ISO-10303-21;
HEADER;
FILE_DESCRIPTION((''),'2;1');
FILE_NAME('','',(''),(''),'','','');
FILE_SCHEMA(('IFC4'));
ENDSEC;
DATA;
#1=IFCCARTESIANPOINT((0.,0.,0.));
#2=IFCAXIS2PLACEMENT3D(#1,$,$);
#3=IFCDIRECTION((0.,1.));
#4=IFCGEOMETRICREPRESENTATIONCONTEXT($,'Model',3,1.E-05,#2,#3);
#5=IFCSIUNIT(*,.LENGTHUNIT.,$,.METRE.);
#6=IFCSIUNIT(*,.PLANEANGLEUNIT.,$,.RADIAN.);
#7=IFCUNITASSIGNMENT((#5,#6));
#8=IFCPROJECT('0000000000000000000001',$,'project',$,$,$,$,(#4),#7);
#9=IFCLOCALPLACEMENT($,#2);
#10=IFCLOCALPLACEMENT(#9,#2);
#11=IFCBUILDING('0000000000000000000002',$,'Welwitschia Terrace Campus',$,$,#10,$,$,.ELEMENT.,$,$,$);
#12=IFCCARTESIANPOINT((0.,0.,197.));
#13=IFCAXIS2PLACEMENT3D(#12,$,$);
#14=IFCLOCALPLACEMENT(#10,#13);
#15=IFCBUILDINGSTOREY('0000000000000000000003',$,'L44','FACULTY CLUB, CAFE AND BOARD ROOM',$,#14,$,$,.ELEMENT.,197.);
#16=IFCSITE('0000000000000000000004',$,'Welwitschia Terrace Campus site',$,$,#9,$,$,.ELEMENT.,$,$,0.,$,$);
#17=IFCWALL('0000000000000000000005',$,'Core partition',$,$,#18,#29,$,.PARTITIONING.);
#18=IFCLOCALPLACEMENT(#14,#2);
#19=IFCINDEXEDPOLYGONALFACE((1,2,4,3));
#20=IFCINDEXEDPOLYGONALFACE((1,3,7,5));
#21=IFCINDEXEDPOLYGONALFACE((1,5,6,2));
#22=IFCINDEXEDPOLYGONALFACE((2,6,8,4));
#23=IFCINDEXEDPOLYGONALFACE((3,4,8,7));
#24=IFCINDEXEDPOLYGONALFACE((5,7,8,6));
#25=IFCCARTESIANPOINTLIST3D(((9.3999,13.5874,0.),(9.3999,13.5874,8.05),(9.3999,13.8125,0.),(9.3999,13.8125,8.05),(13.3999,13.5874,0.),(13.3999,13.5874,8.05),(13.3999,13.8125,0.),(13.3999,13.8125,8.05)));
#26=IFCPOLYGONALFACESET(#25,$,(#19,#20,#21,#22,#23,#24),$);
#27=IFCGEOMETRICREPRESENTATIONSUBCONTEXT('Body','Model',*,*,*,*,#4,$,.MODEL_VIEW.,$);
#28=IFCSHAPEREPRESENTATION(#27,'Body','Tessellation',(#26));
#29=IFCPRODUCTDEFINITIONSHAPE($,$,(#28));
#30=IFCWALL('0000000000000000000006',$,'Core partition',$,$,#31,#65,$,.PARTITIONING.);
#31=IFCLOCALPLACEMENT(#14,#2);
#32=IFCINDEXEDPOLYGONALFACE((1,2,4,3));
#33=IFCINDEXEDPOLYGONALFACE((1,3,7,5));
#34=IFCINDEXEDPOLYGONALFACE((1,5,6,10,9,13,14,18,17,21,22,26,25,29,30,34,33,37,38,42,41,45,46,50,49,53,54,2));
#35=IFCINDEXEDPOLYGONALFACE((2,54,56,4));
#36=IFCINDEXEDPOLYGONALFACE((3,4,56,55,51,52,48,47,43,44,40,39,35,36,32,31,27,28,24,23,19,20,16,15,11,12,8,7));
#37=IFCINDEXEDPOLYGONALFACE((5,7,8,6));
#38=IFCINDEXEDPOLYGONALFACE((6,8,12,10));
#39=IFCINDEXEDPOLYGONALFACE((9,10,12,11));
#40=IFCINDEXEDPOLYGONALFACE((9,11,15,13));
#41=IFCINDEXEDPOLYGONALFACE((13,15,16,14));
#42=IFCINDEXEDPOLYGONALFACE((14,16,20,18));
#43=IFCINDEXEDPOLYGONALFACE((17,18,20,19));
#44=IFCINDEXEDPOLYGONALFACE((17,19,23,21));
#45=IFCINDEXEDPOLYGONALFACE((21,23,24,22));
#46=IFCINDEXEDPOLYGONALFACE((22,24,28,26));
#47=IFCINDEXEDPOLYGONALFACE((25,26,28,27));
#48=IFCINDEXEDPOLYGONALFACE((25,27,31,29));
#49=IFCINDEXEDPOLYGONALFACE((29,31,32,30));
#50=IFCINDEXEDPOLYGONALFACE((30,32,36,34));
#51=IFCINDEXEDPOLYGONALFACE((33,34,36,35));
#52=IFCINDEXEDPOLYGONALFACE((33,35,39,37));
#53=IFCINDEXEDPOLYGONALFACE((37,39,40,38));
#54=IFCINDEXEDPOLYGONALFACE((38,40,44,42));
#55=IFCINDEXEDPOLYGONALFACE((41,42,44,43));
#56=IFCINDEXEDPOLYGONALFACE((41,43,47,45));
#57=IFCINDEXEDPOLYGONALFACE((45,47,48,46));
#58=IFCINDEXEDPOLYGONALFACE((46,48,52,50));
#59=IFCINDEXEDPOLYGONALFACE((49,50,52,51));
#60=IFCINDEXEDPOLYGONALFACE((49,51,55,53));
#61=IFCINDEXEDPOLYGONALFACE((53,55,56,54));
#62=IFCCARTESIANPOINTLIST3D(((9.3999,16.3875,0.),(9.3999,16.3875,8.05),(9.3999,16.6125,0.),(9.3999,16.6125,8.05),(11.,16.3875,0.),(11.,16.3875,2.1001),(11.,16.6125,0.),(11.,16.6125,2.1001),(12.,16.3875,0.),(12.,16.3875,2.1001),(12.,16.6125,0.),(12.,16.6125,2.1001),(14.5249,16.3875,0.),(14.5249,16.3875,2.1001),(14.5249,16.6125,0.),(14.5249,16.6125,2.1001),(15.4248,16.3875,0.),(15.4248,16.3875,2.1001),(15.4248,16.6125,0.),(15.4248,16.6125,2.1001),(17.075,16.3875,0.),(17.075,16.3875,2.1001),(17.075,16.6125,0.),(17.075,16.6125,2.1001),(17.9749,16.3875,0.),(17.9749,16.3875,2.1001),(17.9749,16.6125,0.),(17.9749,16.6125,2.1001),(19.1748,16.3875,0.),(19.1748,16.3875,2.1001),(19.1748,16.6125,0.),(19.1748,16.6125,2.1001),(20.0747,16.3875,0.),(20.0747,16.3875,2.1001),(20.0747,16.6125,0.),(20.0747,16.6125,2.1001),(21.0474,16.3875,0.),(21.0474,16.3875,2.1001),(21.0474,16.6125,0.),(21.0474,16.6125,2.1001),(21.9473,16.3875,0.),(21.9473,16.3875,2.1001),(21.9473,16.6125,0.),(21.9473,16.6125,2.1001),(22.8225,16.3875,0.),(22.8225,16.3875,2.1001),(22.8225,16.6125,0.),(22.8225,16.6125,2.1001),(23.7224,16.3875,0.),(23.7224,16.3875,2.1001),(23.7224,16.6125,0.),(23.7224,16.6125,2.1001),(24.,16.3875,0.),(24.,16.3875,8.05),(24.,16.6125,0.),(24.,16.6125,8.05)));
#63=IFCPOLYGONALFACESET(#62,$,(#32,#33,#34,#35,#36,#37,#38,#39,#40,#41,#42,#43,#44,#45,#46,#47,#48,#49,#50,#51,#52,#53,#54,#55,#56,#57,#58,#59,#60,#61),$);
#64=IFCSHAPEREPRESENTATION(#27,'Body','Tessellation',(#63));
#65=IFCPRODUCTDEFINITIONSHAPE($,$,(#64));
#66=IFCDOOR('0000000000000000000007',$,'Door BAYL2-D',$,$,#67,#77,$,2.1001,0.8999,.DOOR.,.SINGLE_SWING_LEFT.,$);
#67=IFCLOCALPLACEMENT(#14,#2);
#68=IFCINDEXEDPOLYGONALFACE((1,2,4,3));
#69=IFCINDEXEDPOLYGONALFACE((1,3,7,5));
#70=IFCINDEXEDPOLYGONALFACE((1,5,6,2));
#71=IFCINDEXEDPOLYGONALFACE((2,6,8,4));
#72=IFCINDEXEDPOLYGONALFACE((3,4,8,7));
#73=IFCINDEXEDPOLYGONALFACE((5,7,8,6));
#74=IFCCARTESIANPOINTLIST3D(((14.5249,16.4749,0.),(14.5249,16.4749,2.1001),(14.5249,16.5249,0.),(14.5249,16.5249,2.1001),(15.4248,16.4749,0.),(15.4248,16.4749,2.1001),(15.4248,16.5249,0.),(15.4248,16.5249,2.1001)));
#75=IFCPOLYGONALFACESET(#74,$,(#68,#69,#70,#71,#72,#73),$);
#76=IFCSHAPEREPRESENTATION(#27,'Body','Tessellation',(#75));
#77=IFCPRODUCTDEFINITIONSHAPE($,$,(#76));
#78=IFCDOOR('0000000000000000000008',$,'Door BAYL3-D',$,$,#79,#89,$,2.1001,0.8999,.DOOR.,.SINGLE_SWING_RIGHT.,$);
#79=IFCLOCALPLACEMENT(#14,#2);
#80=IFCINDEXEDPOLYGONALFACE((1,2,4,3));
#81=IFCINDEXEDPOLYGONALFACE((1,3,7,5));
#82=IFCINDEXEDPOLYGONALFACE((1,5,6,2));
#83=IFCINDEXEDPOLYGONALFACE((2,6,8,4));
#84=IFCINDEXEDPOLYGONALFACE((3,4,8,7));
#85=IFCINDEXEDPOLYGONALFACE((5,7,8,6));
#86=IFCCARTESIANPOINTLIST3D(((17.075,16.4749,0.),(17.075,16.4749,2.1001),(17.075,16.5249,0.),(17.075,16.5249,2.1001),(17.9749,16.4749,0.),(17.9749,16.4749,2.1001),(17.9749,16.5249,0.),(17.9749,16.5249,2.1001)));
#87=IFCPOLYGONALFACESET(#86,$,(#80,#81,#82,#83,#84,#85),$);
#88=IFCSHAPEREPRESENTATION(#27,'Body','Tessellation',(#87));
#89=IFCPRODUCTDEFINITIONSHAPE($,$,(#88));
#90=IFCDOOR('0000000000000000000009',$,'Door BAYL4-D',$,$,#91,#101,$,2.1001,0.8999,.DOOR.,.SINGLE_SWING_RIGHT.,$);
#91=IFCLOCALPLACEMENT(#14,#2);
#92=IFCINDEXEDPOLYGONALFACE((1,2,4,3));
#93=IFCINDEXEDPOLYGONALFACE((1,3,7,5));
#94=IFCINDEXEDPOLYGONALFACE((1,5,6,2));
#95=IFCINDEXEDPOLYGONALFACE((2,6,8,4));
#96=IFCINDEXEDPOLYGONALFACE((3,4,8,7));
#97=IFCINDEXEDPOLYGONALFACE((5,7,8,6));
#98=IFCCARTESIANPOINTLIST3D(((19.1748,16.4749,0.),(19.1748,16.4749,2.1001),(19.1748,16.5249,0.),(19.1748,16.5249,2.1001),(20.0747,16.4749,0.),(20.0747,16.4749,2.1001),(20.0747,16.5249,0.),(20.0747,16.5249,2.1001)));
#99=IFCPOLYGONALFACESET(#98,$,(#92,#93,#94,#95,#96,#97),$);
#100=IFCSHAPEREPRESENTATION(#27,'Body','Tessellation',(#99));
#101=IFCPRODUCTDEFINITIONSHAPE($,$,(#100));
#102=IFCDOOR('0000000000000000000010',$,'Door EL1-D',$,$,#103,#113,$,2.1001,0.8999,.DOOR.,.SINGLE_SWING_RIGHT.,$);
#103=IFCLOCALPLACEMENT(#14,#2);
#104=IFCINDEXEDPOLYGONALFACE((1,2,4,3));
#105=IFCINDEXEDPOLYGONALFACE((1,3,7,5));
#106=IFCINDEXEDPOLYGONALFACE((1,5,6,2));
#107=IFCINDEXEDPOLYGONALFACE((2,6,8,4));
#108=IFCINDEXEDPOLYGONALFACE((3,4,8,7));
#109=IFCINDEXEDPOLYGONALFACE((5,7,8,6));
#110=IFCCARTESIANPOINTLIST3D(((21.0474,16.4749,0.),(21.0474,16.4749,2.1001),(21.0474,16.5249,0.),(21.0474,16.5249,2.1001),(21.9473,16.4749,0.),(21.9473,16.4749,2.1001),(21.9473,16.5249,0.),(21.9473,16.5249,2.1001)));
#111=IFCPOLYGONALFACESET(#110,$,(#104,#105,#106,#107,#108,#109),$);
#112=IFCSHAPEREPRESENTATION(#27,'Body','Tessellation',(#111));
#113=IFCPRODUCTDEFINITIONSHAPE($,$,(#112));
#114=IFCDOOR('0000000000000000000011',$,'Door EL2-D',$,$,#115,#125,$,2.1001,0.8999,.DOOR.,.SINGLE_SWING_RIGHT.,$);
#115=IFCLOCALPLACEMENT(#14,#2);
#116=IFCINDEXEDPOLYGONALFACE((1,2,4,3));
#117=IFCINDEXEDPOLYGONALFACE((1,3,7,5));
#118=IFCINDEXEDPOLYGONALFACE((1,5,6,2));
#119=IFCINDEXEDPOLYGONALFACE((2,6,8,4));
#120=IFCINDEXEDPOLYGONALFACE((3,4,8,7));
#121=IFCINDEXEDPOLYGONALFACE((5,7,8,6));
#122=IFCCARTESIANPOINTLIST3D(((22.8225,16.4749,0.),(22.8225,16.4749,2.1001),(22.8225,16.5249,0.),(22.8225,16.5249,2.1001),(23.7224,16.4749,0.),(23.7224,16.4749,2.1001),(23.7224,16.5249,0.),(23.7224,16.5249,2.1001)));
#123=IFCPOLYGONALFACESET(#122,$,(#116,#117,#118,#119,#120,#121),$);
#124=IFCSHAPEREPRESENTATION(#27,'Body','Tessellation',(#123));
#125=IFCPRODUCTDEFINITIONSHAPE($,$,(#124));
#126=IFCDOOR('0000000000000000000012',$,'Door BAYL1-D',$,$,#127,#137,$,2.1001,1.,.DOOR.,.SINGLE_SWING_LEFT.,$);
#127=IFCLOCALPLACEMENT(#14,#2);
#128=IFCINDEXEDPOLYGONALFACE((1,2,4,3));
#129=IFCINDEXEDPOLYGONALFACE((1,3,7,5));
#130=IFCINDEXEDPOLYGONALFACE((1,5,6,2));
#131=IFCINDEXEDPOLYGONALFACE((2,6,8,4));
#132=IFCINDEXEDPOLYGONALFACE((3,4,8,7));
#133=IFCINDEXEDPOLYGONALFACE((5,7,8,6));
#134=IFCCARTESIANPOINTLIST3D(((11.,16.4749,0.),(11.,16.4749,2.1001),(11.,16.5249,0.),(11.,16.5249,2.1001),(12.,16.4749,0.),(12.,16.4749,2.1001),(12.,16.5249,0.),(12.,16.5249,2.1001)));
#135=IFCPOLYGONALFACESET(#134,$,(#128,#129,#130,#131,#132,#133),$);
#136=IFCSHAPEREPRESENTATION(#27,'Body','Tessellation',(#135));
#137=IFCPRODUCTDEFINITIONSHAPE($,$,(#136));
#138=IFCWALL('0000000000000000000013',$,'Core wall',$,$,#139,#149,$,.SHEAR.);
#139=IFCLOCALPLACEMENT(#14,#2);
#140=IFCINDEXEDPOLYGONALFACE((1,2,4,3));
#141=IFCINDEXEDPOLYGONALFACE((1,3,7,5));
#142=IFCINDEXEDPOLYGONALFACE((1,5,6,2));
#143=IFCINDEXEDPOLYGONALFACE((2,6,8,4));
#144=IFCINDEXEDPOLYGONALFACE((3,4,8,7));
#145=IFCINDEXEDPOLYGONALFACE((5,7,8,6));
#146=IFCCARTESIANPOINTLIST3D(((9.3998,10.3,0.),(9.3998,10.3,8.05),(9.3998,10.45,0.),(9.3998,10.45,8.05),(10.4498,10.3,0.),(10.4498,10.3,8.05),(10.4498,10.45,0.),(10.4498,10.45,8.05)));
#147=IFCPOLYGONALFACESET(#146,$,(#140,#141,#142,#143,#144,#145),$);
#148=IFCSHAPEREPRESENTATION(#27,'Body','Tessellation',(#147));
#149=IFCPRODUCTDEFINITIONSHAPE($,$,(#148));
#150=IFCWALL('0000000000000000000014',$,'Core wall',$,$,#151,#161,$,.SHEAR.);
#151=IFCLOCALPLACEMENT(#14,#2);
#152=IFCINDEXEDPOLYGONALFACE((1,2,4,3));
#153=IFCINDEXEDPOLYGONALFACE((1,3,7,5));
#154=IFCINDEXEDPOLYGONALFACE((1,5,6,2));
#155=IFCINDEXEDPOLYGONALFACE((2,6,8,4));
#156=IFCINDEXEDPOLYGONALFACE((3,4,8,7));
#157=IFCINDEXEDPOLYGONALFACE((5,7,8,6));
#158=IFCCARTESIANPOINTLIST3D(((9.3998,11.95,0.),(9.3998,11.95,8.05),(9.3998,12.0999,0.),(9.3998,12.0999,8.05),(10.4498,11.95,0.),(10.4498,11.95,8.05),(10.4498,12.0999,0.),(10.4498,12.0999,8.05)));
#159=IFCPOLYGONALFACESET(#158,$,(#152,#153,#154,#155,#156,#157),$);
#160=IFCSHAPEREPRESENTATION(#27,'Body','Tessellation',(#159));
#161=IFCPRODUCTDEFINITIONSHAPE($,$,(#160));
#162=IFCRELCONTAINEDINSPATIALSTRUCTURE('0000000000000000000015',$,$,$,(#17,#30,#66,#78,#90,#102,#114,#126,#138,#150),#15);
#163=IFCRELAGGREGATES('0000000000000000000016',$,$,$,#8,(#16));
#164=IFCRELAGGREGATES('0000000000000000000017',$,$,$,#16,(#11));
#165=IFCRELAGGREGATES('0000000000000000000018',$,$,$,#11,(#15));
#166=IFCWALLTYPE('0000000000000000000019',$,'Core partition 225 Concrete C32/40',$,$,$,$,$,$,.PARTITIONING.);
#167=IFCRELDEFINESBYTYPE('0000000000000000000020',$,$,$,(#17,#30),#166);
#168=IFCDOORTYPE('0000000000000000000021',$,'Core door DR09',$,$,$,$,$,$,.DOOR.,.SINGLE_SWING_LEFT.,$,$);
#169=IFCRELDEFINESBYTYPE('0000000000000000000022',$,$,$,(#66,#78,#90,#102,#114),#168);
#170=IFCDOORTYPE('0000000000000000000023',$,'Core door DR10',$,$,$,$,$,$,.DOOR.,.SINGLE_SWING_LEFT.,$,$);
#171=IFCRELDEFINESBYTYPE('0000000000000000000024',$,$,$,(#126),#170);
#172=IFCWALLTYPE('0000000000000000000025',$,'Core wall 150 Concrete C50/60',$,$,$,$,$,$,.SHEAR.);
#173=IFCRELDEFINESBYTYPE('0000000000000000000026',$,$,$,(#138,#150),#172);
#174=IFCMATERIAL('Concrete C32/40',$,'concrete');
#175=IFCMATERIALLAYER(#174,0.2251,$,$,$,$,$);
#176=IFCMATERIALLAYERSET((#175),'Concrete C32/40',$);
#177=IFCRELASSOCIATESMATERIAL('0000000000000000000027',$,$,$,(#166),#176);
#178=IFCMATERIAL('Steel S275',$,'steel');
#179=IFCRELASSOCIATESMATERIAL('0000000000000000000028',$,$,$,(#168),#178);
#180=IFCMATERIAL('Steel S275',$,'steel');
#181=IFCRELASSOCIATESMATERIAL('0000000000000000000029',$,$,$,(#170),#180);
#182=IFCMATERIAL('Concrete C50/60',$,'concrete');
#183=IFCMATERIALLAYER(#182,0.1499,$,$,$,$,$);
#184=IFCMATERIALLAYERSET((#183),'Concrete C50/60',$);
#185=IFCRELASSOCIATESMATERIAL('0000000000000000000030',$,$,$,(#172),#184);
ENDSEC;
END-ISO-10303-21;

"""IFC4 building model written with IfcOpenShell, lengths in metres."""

from ifc_helpers import new_model, si_unit, direction, frame, frame_2d, origin, place, context, subcontext, project, spatial, rectangle, extrude, material, layer, layer_set, type_object, element, fill, save


model = new_model("IFC4")

# Units and contexts
model_context = context("Model", 3, precision=1e-05, world=origin(), true_north=direction((0.0, 1.0)))
body_context = subcontext(model_context, "Body", "Model", "MODEL_VIEW")
ifc_project = project(units=[si_unit("LENGTHUNIT", "METRE"), si_unit("PLANEANGLEUNIT", "RADIAN")], contexts=[model_context])

# Site, building, storey
site_placement = place(None, origin())
site = spatial("IfcSite", under=ifc_project, at=site_placement, Name="Welwitschia Terrace Campus site", CompositionType="ELEMENT", RefElevation=0.0)
building_placement = place(site_placement, origin())
building = spatial("IfcBuilding", under=site, at=building_placement, Name="Welwitschia Terrace Campus", CompositionType="ELEMENT")
storey_placement = place(building_placement, frame((0.0, 0.0, 197.0)))
storey = spatial("IfcBuildingStorey", under=building, at=storey_placement, Name="L44", Description="FACULTY CLUB, CAFE AND BOARD ROOM", CompositionType="ELEMENT", Elevation=197.0)

# Wall
ifc_material_1 = material(Name="Concrete C32/40", Category="concrete")
ifc_layer_1 = layer(ifc_material_1, 0.2251)
ifc_layer_set_1 = layer_set([ifc_layer_1], Name="Concrete C32/40")
wall_type_1 = type_object("IfcWallType", Name="Core partition 225 Concrete C32/40", PredefinedType="PARTITIONING", material=ifc_layer_set_1)
wall_1_placement = place(storey_placement, frame((9.3999, 13.7, 0.0), z_axis=(0.0, 0.0, 1.0), x_axis=(1.0, 0.0, 0.0)))
element("IfcWall", 1, at=wall_1_placement, inside=storey, type_object=wall_type_1, Name="Core partition", PredefinedType="PARTITIONING", context=body_context, shape_type="SweptSolid", body=[
    extrude(rectangle(XDim=4.0, YDim=0.2251, at=frame_2d((2.0, 0.0))), origin(), (0.0, 0.0, 1.0), 8.05),
])

# Wall, openings, doors
wall_2_placement = place(storey_placement, frame((9.3999, 16.5, 0.0), z_axis=(0.0, 0.0, 1.0), x_axis=(1.0, 0.0, 0.0)))
wall_2 = element("IfcWall", 2, at=wall_2_placement, inside=storey, type_object=wall_type_1, Name="Core partition", PredefinedType="PARTITIONING", context=body_context, shape_type="SweptSolid", body=[
    extrude(rectangle(XDim=14.6001, YDim=0.2251, at=frame_2d((7.3, 0.0))), origin(), (0.0, 0.0, 1.0), 8.05),
])
opening_1_placement = place(wall_2_placement, frame((1.6001, 0.0, 0.0)))
opening_1 = element("IfcOpeningElement", 3, at=opening_1_placement, cuts=wall_2, PredefinedType="OPENING", context=body_context, shape_type="SweptSolid", body=[
    extrude(rectangle(XDim=1.0, YDim=2.1001, at=frame_2d((0.5, 1.05))), frame((0.0, 0.1226, 0.0), z_axis=(0.0, -1.0, 0.0), x_axis=(1.0, 0.0, 0.0)), (0.0, 0.0, 1.0), 0.2451),
])
opening_2_placement = place(wall_2_placement, frame((5.125, 0.0, 0.0)))
opening_2 = element("IfcOpeningElement", 4, at=opening_2_placement, cuts=wall_2, PredefinedType="OPENING", context=body_context, shape_type="SweptSolid", body=[
    extrude(rectangle(XDim=0.8999, YDim=2.1001, at=frame_2d((0.45, 1.05))), frame((0.0, 0.1226, 0.0), z_axis=(0.0, -1.0, 0.0), x_axis=(1.0, 0.0, 0.0)), (0.0, 0.0, 1.0), 0.2451),
])
opening_3_placement = place(wall_2_placement, frame((7.675, 0.0, 0.0)))
opening_3 = element("IfcOpeningElement", 5, at=opening_3_placement, cuts=wall_2, PredefinedType="OPENING", context=body_context, shape_type="SweptSolid", body=[
    extrude(rectangle(XDim=0.8999, YDim=2.1001, at=frame_2d((0.45, 1.05))), frame((0.0, 0.1226, 0.0), z_axis=(0.0, -1.0, 0.0), x_axis=(1.0, 0.0, 0.0)), (0.0, 0.0, 1.0), 0.2451),
])
opening_4_placement = place(wall_2_placement, frame((9.7749, 0.0, 0.0)))
opening_4 = element("IfcOpeningElement", 6, at=opening_4_placement, cuts=wall_2, PredefinedType="OPENING", context=body_context, shape_type="SweptSolid", body=[
    extrude(rectangle(XDim=0.8999, YDim=2.1001, at=frame_2d((0.45, 1.05))), frame((0.0, 0.1226, 0.0), z_axis=(0.0, -1.0, 0.0), x_axis=(1.0, 0.0, 0.0)), (0.0, 0.0, 1.0), 0.2451),
])
opening_5_placement = place(wall_2_placement, frame((11.6475, 0.0, 0.0)))
opening_5 = element("IfcOpeningElement", 7, at=opening_5_placement, cuts=wall_2, PredefinedType="OPENING", context=body_context, shape_type="SweptSolid", body=[
    extrude(rectangle(XDim=0.8999, YDim=2.1001, at=frame_2d((0.45, 1.05))), frame((0.0, 0.1226, 0.0), z_axis=(0.0, -1.0, 0.0), x_axis=(1.0, 0.0, 0.0)), (0.0, 0.0, 1.0), 0.2451),
])
opening_6_placement = place(wall_2_placement, frame((13.4226, 0.0, 0.0)))
opening_6 = element("IfcOpeningElement", 8, at=opening_6_placement, cuts=wall_2, PredefinedType="OPENING", context=body_context, shape_type="SweptSolid", body=[
    extrude(rectangle(XDim=0.8999, YDim=2.1001, at=frame_2d((0.45, 1.05))), frame((0.0, 0.1226, 0.0), z_axis=(0.0, -1.0, 0.0), x_axis=(1.0, 0.0, 0.0)), (0.0, 0.0, 1.0), 0.2451),
])
ifc_material_2 = material(Name="Steel S275", Category="steel")
door_type_1 = type_object("IfcDoorType", Name="Core door DR09", OperationType="SINGLE_SWING_LEFT", PredefinedType="DOOR", material=ifc_material_2)
door_1_placement = place(opening_2_placement, origin())
door_1 = element("IfcDoor", 9, at=door_1_placement, inside=storey, type_object=door_type_1, Name="Door BAYL2-D", OperationType="SINGLE_SWING_LEFT", OverallHeight=2.1001, OverallWidth=0.8999, PredefinedType="DOOR", context=body_context, shape_type="SweptSolid", body=[
    extrude(rectangle(XDim=0.8999, YDim=2.1001, at=frame_2d((0.45, 1.05))), frame((0.0, 0.0249, 0.0), z_axis=(0.0, -1.0, 0.0), x_axis=(1.0, 0.0, 0.0)), (0.0, 0.0, 1.0), 0.05),
])
fill(opening_2, door_1)
door_2_placement = place(opening_3_placement, origin())
door_2 = element("IfcDoor", 10, at=door_2_placement, inside=storey, type_object=door_type_1, Name="Door BAYL3-D", OperationType="SINGLE_SWING_RIGHT", OverallHeight=2.1001, OverallWidth=0.8999, PredefinedType="DOOR", context=body_context, shape_type="SweptSolid", body=[
    extrude(rectangle(XDim=0.8999, YDim=2.1001, at=frame_2d((0.45, 1.05))), frame((0.0, 0.0249, 0.0), z_axis=(0.0, -1.0, 0.0), x_axis=(1.0, 0.0, 0.0)), (0.0, 0.0, 1.0), 0.05),
])
fill(opening_3, door_2)
door_3_placement = place(opening_4_placement, origin())
door_3 = element("IfcDoor", 11, at=door_3_placement, inside=storey, type_object=door_type_1, Name="Door BAYL4-D", OperationType="SINGLE_SWING_RIGHT", OverallHeight=2.1001, OverallWidth=0.8999, PredefinedType="DOOR", context=body_context, shape_type="SweptSolid", body=[
    extrude(rectangle(XDim=0.8999, YDim=2.1001, at=frame_2d((0.45, 1.05))), frame((0.0, 0.0249, 0.0), z_axis=(0.0, -1.0, 0.0), x_axis=(1.0, 0.0, 0.0)), (0.0, 0.0, 1.0), 0.05),
])
fill(opening_4, door_3)
door_4_placement = place(opening_5_placement, origin())
door_4 = element("IfcDoor", 12, at=door_4_placement, inside=storey, type_object=door_type_1, Name="Door EL1-D", OperationType="SINGLE_SWING_RIGHT", OverallHeight=2.1001, OverallWidth=0.8999, PredefinedType="DOOR", context=body_context, shape_type="SweptSolid", body=[
    extrude(rectangle(XDim=0.8999, YDim=2.1001, at=frame_2d((0.45, 1.05))), frame((0.0, 0.0249, 0.0), z_axis=(0.0, -1.0, 0.0), x_axis=(1.0, 0.0, 0.0)), (0.0, 0.0, 1.0), 0.05),
])
fill(opening_5, door_4)
door_5_placement = place(opening_6_placement, origin())
door_5 = element("IfcDoor", 13, at=door_5_placement, inside=storey, type_object=door_type_1, Name="Door EL2-D", OperationType="SINGLE_SWING_RIGHT", OverallHeight=2.1001, OverallWidth=0.8999, PredefinedType="DOOR", context=body_context, shape_type="SweptSolid", body=[
    extrude(rectangle(XDim=0.8999, YDim=2.1001, at=frame_2d((0.45, 1.05))), frame((0.0, 0.0249, 0.0), z_axis=(0.0, -1.0, 0.0), x_axis=(1.0, 0.0, 0.0)), (0.0, 0.0, 1.0), 0.05),
])
fill(opening_6, door_5)
ifc_material_3 = material(Name="Steel S275", Category="steel")
door_type_2 = type_object("IfcDoorType", Name="Core door DR10", OperationType="SINGLE_SWING_LEFT", PredefinedType="DOOR", material=ifc_material_3)
door_6_placement = place(opening_1_placement, origin())
door_6 = element("IfcDoor", 14, at=door_6_placement, inside=storey, type_object=door_type_2, Name="Door BAYL1-D", OperationType="SINGLE_SWING_LEFT", OverallHeight=2.1001, OverallWidth=1.0, PredefinedType="DOOR", context=body_context, shape_type="SweptSolid", body=[
    extrude(rectangle(XDim=1.0, YDim=2.1001, at=frame_2d((0.5, 1.05))), frame((0.0, 0.0249, 0.0), z_axis=(0.0, -1.0, 0.0), x_axis=(1.0, 0.0, 0.0)), (0.0, 0.0, 1.0), 0.05),
])
fill(opening_1, door_6)

# Walls
ifc_material_4 = material(Name="Concrete C50/60", Category="concrete")
ifc_layer_2 = layer(ifc_material_4, 0.1499)
ifc_layer_set_2 = layer_set([ifc_layer_2], Name="Concrete C50/60")
wall_type_2 = type_object("IfcWallType", Name="Core wall 150 Concrete C50/60", PredefinedType="SHEAR", material=ifc_layer_set_2)
for number, where, z_axis, x_axis, name in (
    (15, (9.3999, 10.375, 0.0), (0.0, 0.0, 1.0), (1.0, 0.0, 0.0), "Core wall"),
    (16, (9.3999, 12.0249, 0.0), (0.0, 0.0, 1.0), (1.0, 0.0, 0.0), "Core wall"),
):
    element("IfcWall", number, at=place(storey_placement, frame(where, z_axis=z_axis, x_axis=x_axis)), inside=storey, type_object=wall_type_2, Name=name, PredefinedType="SHEAR", context=body_context, shape_type="SweptSolid", body=[
        extrude(rectangle(XDim=1.05, YDim=0.1499, at=frame_2d((0.5249, 0.0))), origin(), (0.0, 0.0, 1.0), 8.05),
    ])

save(model, "model.ifc")
